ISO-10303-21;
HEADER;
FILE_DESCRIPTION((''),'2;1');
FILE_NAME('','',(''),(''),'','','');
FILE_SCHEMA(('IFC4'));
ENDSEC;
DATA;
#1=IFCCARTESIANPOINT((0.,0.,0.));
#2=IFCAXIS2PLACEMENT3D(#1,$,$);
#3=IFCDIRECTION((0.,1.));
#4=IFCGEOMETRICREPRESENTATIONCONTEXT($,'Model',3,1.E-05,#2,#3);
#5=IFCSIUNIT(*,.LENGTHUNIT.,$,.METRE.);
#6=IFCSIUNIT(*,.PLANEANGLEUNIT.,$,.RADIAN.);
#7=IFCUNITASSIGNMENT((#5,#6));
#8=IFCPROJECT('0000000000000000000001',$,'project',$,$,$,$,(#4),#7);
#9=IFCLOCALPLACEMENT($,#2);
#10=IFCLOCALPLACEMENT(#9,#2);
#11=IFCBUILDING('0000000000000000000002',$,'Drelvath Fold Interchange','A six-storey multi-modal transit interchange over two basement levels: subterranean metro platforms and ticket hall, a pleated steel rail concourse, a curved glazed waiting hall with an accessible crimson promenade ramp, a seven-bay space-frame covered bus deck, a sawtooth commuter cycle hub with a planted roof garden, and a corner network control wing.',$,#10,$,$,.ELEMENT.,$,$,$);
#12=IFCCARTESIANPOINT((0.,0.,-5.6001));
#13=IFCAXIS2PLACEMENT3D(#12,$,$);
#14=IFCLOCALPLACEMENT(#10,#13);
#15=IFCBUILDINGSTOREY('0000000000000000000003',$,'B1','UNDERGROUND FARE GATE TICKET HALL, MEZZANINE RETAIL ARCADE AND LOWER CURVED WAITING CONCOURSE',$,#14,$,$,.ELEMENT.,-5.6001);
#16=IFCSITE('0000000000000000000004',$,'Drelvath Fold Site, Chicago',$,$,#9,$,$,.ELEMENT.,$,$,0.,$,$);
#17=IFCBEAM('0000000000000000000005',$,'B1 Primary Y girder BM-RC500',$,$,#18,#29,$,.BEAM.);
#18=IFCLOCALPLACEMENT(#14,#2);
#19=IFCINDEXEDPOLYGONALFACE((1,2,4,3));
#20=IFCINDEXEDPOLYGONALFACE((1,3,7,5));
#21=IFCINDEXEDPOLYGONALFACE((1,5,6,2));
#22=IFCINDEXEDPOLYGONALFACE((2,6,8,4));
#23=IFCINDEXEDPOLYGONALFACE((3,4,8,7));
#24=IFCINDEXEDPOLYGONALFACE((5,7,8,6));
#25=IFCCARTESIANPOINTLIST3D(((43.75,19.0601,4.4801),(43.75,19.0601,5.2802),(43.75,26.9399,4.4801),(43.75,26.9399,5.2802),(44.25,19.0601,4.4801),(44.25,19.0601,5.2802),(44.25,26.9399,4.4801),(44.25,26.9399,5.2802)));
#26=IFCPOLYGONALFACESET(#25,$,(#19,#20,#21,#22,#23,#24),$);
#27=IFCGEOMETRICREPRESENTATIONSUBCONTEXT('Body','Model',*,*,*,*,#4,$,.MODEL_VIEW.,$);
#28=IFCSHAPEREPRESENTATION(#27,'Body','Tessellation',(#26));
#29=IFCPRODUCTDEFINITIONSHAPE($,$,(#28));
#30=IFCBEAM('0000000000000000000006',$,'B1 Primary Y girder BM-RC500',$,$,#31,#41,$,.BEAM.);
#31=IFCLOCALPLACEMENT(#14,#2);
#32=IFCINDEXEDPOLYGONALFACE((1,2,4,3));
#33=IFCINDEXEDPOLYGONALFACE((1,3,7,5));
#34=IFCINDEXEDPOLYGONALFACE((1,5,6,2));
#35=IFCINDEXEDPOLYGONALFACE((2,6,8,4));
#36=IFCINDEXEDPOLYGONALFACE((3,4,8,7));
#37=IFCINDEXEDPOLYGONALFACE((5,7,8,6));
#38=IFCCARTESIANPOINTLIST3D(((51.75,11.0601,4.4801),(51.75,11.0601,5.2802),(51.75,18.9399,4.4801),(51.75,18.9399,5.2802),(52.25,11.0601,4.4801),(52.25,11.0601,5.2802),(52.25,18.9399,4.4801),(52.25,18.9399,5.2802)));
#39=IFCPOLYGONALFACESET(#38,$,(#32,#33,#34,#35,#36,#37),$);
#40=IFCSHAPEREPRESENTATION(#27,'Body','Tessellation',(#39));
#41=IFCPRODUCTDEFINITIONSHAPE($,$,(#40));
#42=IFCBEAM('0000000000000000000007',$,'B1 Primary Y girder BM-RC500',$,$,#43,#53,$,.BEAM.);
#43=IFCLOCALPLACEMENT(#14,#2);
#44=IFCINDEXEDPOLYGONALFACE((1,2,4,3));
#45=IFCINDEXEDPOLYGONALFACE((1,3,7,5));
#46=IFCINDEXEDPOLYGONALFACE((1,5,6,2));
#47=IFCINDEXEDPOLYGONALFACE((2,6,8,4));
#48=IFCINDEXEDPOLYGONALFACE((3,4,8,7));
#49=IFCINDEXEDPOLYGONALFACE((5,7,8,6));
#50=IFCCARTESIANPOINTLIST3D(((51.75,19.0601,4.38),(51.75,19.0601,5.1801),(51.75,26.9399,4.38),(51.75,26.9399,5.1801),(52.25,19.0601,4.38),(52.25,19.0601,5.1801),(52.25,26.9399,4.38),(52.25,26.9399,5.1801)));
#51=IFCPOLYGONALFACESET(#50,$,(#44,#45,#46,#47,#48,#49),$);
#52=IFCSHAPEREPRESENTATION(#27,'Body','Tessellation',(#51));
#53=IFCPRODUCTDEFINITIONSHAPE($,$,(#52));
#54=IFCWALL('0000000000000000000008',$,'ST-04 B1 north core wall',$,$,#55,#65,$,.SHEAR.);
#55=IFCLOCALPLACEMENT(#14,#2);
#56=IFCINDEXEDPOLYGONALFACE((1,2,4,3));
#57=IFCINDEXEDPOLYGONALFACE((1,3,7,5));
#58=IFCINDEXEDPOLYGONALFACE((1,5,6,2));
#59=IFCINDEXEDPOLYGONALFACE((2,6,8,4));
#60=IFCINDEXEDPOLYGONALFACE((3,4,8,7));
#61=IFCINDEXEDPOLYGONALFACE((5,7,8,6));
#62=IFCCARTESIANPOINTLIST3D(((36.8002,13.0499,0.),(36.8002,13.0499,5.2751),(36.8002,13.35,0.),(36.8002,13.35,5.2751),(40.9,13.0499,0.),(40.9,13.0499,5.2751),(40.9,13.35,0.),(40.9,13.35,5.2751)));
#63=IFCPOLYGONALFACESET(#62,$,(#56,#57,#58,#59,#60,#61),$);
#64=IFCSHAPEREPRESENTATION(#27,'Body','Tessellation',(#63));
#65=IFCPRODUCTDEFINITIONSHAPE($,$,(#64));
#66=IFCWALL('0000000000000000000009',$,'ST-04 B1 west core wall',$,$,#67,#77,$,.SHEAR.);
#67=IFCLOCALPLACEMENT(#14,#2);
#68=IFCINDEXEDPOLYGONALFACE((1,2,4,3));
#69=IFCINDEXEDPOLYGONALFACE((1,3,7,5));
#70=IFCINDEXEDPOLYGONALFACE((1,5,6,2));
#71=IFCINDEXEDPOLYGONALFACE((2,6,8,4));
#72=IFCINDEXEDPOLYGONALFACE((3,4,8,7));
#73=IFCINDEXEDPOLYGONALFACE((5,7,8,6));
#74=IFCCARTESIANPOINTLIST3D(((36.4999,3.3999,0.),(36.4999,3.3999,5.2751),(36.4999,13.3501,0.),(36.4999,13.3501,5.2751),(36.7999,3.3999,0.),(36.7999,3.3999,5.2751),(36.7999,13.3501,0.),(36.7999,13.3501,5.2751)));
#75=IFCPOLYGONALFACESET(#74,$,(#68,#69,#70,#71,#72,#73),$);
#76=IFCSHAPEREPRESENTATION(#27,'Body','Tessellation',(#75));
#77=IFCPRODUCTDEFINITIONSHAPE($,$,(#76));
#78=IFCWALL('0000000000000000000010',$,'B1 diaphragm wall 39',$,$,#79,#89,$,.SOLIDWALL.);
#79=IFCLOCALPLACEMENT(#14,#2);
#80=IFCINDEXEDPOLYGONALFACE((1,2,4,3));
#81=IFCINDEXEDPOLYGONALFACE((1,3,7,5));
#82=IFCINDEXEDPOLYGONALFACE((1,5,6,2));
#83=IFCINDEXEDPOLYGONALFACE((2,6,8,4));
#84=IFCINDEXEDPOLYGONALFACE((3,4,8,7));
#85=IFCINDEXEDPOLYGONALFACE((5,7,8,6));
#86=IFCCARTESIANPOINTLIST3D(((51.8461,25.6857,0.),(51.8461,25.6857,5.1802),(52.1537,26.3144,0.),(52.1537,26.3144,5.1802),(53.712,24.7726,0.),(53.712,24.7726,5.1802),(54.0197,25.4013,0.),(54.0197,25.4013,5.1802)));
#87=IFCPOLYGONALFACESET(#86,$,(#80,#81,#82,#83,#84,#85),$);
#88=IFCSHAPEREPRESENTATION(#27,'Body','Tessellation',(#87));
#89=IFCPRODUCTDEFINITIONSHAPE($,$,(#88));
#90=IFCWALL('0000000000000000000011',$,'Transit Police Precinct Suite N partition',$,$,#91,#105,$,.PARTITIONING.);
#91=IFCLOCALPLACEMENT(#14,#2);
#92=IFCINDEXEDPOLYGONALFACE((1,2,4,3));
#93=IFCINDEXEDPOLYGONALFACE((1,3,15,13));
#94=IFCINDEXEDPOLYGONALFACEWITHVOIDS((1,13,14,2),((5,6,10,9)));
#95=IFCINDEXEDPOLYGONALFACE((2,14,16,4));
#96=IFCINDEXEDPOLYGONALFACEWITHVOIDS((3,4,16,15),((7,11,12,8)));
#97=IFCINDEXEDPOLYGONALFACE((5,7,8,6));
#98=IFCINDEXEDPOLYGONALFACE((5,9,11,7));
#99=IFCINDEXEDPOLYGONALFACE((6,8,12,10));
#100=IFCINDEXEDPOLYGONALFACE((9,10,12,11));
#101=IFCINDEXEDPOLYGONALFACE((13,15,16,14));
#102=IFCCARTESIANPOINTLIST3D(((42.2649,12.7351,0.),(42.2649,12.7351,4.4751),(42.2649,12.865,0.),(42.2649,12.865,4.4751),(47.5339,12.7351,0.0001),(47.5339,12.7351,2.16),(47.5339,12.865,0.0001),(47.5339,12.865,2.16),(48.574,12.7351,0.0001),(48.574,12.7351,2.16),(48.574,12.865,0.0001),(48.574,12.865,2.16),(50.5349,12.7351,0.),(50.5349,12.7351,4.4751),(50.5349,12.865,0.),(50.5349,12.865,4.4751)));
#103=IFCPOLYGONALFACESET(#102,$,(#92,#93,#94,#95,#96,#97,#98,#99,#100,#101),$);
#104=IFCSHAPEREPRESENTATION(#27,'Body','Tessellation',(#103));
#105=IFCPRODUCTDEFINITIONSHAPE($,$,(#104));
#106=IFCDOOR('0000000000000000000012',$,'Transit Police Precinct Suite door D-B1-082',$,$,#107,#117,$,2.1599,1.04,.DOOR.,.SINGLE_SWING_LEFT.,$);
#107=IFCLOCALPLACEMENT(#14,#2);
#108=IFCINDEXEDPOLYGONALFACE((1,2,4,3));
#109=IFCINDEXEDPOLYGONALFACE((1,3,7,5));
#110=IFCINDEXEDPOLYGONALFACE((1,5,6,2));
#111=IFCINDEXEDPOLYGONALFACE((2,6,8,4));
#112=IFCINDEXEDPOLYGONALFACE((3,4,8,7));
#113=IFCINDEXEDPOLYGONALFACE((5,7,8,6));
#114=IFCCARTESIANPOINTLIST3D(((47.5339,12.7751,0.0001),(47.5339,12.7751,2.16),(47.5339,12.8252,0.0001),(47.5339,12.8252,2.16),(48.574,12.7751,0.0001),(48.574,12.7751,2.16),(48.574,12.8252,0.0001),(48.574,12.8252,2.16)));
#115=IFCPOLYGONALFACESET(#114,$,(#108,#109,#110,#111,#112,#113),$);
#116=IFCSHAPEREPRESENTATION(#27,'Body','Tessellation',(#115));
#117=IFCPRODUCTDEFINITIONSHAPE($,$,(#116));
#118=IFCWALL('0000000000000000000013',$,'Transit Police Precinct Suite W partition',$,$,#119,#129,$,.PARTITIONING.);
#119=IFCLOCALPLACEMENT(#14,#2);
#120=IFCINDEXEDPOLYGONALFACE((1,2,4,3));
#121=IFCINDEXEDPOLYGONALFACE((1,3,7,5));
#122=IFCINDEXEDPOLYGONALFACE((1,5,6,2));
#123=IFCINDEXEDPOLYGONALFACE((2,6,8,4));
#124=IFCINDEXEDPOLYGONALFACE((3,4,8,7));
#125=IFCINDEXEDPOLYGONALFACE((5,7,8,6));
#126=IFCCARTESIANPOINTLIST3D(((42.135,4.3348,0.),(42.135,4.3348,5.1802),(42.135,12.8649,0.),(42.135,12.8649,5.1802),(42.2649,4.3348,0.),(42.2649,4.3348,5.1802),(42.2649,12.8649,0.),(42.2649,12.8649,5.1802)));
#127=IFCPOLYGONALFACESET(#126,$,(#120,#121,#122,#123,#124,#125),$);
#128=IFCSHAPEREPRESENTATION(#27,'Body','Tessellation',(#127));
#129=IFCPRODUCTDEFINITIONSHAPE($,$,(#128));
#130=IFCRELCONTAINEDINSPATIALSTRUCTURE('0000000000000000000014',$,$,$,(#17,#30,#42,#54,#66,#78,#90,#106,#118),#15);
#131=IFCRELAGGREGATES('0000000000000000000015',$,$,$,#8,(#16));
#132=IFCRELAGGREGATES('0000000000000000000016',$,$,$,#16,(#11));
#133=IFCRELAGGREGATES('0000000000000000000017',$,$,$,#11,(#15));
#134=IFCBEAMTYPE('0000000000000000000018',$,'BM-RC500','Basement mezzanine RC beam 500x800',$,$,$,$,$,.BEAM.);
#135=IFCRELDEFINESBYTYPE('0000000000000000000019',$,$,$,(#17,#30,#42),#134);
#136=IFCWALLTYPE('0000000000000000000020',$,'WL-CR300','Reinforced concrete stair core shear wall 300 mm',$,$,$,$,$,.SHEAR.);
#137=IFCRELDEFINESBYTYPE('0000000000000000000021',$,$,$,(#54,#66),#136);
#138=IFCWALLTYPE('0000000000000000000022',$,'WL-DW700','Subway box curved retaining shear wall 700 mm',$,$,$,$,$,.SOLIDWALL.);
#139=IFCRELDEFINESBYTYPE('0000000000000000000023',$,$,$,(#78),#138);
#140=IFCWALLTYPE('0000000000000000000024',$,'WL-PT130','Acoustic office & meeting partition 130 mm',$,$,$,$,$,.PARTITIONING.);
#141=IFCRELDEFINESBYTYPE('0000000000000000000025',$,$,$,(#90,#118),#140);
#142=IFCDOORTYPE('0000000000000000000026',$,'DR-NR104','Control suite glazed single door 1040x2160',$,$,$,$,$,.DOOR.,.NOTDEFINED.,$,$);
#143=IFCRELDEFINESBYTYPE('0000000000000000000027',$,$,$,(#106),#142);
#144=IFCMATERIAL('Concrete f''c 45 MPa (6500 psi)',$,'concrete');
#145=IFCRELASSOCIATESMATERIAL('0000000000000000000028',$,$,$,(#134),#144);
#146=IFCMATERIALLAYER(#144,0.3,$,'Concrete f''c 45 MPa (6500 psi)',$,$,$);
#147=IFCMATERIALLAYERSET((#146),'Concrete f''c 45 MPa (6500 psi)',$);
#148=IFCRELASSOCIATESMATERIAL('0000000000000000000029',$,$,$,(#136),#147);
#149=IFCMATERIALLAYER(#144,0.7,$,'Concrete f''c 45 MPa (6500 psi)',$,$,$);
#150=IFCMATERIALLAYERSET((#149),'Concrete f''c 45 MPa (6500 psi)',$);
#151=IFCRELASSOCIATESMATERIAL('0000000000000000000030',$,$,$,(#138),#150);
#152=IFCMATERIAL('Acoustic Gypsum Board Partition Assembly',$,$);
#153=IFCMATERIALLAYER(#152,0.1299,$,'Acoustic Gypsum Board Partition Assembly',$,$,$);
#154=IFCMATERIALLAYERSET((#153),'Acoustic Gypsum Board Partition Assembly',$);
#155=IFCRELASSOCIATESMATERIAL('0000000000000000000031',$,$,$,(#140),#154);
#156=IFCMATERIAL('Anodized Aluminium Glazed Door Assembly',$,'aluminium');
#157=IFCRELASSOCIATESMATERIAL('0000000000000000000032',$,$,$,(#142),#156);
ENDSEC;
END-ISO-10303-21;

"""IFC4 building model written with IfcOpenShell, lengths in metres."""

from ifc_helpers import new_model, si_unit, direction, frame, frame_2d, origin, origin_2d, place, context, subcontext, project, spatial, rectangle, extrude, material, layer, layer_set, material_profile, profile_set, type_object, element, fill, save


model = new_model("IFC4")

# Units and contexts
model_context = context("Model", 3, precision=1e-05, world=origin(), true_north=direction((0.0, 1.0)))
body_context = subcontext(model_context, "Body", "Model", "MODEL_VIEW")
ifc_project = project(units=[si_unit("LENGTHUNIT", "METRE"), si_unit("PLANEANGLEUNIT", "RADIAN")], contexts=[model_context])

# Site, building, storey
site_placement = place(None, origin())
site = spatial("IfcSite", under=ifc_project, at=site_placement, Name="Drelvath Fold Site, Chicago", CompositionType="ELEMENT", RefElevation=0.0)
building_placement = place(site_placement, origin())
building = spatial("IfcBuilding", under=site, at=building_placement, Name="Drelvath Fold Interchange", Description="A six-storey multi-modal transit interchange over two basement levels: subterranean metro platforms and ticket hall, a pleated steel rail concourse, a curved glazed waiting hall with an accessible crimson promenade ramp, a seven-bay space-frame covered bus deck, a sawtooth commuter cycle hub with a planted roof garden, and a corner network control wing.", CompositionType="ELEMENT")
storey_placement = place(building_placement, frame((0.0, 0.0, -5.6001)))
storey = spatial("IfcBuildingStorey", under=building, at=storey_placement, Name="B1", Description="UNDERGROUND FARE GATE TICKET HALL, MEZZANINE RETAIL ARCADE AND LOWER CURVED WAITING CONCOURSE", CompositionType="ELEMENT", Elevation=-5.6001)

# Beams
ifc_material_1 = material(Name="Concrete f'c 45 MPa (6500 psi)", Category="concrete")
ifc_material_profile_1 = material_profile(ifc_material_1, rectangle(XDim=0.5, YDim=0.8, at=origin_2d()), Name="RC 500x800")
ifc_profile_set_1 = profile_set([ifc_material_profile_1], Name="Concrete f'c 45 MPa (6500 psi)")
beam_type_1 = type_object("IfcBeamType", Name="BM-RC500", Description="Basement mezzanine RC beam 500x800", PredefinedType="BEAM", material=ifc_profile_set_1)
for number, where, z_axis, x_axis, name in (
    (1, (44.0, 19.0601, 4.8801), (0.0, 1.0, 0.0), (-1.0, 0.0, 0.0), "B1 Primary Y girder BM-RC500"),
    (2, (52.0, 11.0601, 4.8801), (0.0, 1.0, 0.0), (-1.0, 0.0, 0.0), "B1 Primary Y girder BM-RC500"),
    (3, (52.0, 19.0601, 4.78), (0.0, 1.0, 0.0), (-1.0, 0.0, 0.0), "B1 Primary Y girder BM-RC500"),
):
    element("IfcBeam", number, at=place(storey_placement, frame(where, z_axis=z_axis, x_axis=x_axis)), inside=storey, type_object=beam_type_1, Name=name, PredefinedType="BEAM", context=body_context, shape_type="SweptSolid", body=[
        extrude(rectangle(XDim=0.5, YDim=0.8, at=origin_2d()), origin(), (0.0, 0.0, 1.0), 7.8799),
    ])

# Walls
ifc_layer_1 = layer(ifc_material_1, 0.3, Name="Concrete f'c 45 MPa (6500 psi)")
ifc_layer_set_1 = layer_set([ifc_layer_1], Name="Concrete f'c 45 MPa (6500 psi)")
wall_type_1 = type_object("IfcWallType", Name="WL-CR300", Description="Reinforced concrete stair core shear wall 300 mm", PredefinedType="SHEAR", material=ifc_layer_set_1)
wall_1_placement = place(storey_placement, frame((40.8999, 13.2, 0.0), z_axis=(0.0, 0.0, 1.0), x_axis=(-1.0, 0.0, 0.0)))
element("IfcWall", 4, at=wall_1_placement, inside=storey, type_object=wall_type_1, Name="ST-04 B1 north core wall", PredefinedType="SHEAR", context=body_context, shape_type="SweptSolid", body=[
    extrude(rectangle(XDim=4.0999, YDim=0.3, at=frame_2d((2.0498, 0.0))), origin(), (0.0, 0.0, 1.0), 5.2751),
])
wall_2_placement = place(storey_placement, frame((36.6499, 13.3501, 0.0), z_axis=(0.0, 0.0, 1.0), x_axis=(0.0, -1.0, 0.0)))
element("IfcWall", 5, at=wall_2_placement, inside=storey, type_object=wall_type_1, Name="ST-04 B1 west core wall", PredefinedType="SHEAR", context=body_context, shape_type="SweptSolid", body=[
    extrude(rectangle(XDim=9.9502, YDim=0.3, at=frame_2d((4.9751, 0.0))), origin(), (0.0, 0.0, 1.0), 5.2751),
])
ifc_layer_2 = layer(ifc_material_1, 0.7, Name="Concrete f'c 45 MPa (6500 psi)")
ifc_layer_set_2 = layer_set([ifc_layer_2], Name="Concrete f'c 45 MPa (6500 psi)")
wall_type_2 = type_object("IfcWallType", Name="WL-DW700", Description="Subway box curved retaining shear wall 700 mm", PredefinedType="SOLIDWALL", material=ifc_layer_set_2)
wall_3_placement = place(storey_placement, frame((52.0, 26.0, 0.0), z_axis=(0.0, 0.0, 1.0), x_axis=(0.898226, -0.439535, 0.0)))
element("IfcWall", 6, at=wall_3_placement, inside=storey, type_object=wall_type_2, Name="B1 diaphragm wall 39", PredefinedType="SOLIDWALL", context=body_context, shape_type="SweptSolid", body=[
    extrude(rectangle(XDim=2.0774, YDim=0.7, at=frame_2d((1.0386, 0.0))), origin(), (0.0, 0.0, 1.0), 5.1802),
])

# Wall, opening, door
ifc_material_2 = material(Name="Acoustic Gypsum Board Partition Assembly")
ifc_layer_3 = layer(ifc_material_2, 0.1299, Name="Acoustic Gypsum Board Partition Assembly")
ifc_layer_set_3 = layer_set([ifc_layer_3], Name="Acoustic Gypsum Board Partition Assembly")
wall_type_3 = type_object("IfcWallType", Name="WL-PT130", Description="Acoustic office & meeting partition 130 mm", PredefinedType="PARTITIONING", material=ifc_layer_set_3)
wall_4_placement = place(storey_placement, frame((50.5349, 12.8, 0.0), z_axis=(0.0, 0.0, 1.0), x_axis=(-1.0, 0.0, 0.0)))
wall_4 = element("IfcWall", 7, at=wall_4_placement, inside=storey, type_object=wall_type_3, Name="Transit Police Precinct Suite N partition", PredefinedType="PARTITIONING", context=body_context, shape_type="SweptSolid", body=[
    extrude(rectangle(XDim=8.27, YDim=0.1299, at=frame_2d((4.135, 0.0))), origin(), (0.0, 0.0, 1.0), 4.4751),
])
opening_placement = place(wall_4_placement, frame((1.9609, 0.0, 0.0)))
opening = element("IfcOpeningElement", 8, at=opening_placement, cuts=wall_4, PredefinedType="OPENING", context=body_context, shape_type="SweptSolid", body=[
    extrude(rectangle(XDim=1.04, YDim=2.1599, at=frame_2d((0.52, 1.0801))), frame((0.0, 0.075, 0.0), z_axis=(0.0, -1.0, 0.0), x_axis=(1.0, 0.0, 0.0)), (0.0, 0.0, 1.0), 0.1499),
])
ifc_material_3 = material(Name="Anodized Aluminium Glazed Door Assembly", Category="aluminium")
door_type = type_object("IfcDoorType", Name="DR-NR104", Description="Control suite glazed single door 1040x2160", OperationType="NOTDEFINED", PredefinedType="DOOR", material=ifc_material_3)
door_placement = place(opening_placement, origin())
door = element("IfcDoor", 9, at=door_placement, inside=storey, type_object=door_type, Name="Transit Police Precinct Suite door D-B1-082", OperationType="SINGLE_SWING_LEFT", OverallHeight=2.1599, OverallWidth=1.04, PredefinedType="DOOR", context=body_context, shape_type="SweptSolid", body=[
    extrude(rectangle(XDim=1.04, YDim=2.1599, at=frame_2d((0.52, 1.0801))), frame((0.0, 0.0249, 0.0), z_axis=(0.0, -1.0, 0.0), x_axis=(1.0, 0.0, 0.0)), (0.0, 0.0, 1.0), 0.05),
])
fill(opening, door)

# Wall
wall_5_placement = place(storey_placement, frame((42.2, 12.865, 0.0), z_axis=(0.0, 0.0, 1.0), x_axis=(0.0, -1.0, 0.0)))
element("IfcWall", 10, at=wall_5_placement, inside=storey, type_object=wall_type_3, Name="Transit Police Precinct Suite W partition", PredefinedType="PARTITIONING", context=body_context, shape_type="SweptSolid", body=[
    extrude(rectangle(XDim=8.53, YDim=0.1299, at=frame_2d((4.2651, 0.0))), origin(), (0.0, 0.0, 1.0), 5.1802),
])

save(model, "model.ifc")
